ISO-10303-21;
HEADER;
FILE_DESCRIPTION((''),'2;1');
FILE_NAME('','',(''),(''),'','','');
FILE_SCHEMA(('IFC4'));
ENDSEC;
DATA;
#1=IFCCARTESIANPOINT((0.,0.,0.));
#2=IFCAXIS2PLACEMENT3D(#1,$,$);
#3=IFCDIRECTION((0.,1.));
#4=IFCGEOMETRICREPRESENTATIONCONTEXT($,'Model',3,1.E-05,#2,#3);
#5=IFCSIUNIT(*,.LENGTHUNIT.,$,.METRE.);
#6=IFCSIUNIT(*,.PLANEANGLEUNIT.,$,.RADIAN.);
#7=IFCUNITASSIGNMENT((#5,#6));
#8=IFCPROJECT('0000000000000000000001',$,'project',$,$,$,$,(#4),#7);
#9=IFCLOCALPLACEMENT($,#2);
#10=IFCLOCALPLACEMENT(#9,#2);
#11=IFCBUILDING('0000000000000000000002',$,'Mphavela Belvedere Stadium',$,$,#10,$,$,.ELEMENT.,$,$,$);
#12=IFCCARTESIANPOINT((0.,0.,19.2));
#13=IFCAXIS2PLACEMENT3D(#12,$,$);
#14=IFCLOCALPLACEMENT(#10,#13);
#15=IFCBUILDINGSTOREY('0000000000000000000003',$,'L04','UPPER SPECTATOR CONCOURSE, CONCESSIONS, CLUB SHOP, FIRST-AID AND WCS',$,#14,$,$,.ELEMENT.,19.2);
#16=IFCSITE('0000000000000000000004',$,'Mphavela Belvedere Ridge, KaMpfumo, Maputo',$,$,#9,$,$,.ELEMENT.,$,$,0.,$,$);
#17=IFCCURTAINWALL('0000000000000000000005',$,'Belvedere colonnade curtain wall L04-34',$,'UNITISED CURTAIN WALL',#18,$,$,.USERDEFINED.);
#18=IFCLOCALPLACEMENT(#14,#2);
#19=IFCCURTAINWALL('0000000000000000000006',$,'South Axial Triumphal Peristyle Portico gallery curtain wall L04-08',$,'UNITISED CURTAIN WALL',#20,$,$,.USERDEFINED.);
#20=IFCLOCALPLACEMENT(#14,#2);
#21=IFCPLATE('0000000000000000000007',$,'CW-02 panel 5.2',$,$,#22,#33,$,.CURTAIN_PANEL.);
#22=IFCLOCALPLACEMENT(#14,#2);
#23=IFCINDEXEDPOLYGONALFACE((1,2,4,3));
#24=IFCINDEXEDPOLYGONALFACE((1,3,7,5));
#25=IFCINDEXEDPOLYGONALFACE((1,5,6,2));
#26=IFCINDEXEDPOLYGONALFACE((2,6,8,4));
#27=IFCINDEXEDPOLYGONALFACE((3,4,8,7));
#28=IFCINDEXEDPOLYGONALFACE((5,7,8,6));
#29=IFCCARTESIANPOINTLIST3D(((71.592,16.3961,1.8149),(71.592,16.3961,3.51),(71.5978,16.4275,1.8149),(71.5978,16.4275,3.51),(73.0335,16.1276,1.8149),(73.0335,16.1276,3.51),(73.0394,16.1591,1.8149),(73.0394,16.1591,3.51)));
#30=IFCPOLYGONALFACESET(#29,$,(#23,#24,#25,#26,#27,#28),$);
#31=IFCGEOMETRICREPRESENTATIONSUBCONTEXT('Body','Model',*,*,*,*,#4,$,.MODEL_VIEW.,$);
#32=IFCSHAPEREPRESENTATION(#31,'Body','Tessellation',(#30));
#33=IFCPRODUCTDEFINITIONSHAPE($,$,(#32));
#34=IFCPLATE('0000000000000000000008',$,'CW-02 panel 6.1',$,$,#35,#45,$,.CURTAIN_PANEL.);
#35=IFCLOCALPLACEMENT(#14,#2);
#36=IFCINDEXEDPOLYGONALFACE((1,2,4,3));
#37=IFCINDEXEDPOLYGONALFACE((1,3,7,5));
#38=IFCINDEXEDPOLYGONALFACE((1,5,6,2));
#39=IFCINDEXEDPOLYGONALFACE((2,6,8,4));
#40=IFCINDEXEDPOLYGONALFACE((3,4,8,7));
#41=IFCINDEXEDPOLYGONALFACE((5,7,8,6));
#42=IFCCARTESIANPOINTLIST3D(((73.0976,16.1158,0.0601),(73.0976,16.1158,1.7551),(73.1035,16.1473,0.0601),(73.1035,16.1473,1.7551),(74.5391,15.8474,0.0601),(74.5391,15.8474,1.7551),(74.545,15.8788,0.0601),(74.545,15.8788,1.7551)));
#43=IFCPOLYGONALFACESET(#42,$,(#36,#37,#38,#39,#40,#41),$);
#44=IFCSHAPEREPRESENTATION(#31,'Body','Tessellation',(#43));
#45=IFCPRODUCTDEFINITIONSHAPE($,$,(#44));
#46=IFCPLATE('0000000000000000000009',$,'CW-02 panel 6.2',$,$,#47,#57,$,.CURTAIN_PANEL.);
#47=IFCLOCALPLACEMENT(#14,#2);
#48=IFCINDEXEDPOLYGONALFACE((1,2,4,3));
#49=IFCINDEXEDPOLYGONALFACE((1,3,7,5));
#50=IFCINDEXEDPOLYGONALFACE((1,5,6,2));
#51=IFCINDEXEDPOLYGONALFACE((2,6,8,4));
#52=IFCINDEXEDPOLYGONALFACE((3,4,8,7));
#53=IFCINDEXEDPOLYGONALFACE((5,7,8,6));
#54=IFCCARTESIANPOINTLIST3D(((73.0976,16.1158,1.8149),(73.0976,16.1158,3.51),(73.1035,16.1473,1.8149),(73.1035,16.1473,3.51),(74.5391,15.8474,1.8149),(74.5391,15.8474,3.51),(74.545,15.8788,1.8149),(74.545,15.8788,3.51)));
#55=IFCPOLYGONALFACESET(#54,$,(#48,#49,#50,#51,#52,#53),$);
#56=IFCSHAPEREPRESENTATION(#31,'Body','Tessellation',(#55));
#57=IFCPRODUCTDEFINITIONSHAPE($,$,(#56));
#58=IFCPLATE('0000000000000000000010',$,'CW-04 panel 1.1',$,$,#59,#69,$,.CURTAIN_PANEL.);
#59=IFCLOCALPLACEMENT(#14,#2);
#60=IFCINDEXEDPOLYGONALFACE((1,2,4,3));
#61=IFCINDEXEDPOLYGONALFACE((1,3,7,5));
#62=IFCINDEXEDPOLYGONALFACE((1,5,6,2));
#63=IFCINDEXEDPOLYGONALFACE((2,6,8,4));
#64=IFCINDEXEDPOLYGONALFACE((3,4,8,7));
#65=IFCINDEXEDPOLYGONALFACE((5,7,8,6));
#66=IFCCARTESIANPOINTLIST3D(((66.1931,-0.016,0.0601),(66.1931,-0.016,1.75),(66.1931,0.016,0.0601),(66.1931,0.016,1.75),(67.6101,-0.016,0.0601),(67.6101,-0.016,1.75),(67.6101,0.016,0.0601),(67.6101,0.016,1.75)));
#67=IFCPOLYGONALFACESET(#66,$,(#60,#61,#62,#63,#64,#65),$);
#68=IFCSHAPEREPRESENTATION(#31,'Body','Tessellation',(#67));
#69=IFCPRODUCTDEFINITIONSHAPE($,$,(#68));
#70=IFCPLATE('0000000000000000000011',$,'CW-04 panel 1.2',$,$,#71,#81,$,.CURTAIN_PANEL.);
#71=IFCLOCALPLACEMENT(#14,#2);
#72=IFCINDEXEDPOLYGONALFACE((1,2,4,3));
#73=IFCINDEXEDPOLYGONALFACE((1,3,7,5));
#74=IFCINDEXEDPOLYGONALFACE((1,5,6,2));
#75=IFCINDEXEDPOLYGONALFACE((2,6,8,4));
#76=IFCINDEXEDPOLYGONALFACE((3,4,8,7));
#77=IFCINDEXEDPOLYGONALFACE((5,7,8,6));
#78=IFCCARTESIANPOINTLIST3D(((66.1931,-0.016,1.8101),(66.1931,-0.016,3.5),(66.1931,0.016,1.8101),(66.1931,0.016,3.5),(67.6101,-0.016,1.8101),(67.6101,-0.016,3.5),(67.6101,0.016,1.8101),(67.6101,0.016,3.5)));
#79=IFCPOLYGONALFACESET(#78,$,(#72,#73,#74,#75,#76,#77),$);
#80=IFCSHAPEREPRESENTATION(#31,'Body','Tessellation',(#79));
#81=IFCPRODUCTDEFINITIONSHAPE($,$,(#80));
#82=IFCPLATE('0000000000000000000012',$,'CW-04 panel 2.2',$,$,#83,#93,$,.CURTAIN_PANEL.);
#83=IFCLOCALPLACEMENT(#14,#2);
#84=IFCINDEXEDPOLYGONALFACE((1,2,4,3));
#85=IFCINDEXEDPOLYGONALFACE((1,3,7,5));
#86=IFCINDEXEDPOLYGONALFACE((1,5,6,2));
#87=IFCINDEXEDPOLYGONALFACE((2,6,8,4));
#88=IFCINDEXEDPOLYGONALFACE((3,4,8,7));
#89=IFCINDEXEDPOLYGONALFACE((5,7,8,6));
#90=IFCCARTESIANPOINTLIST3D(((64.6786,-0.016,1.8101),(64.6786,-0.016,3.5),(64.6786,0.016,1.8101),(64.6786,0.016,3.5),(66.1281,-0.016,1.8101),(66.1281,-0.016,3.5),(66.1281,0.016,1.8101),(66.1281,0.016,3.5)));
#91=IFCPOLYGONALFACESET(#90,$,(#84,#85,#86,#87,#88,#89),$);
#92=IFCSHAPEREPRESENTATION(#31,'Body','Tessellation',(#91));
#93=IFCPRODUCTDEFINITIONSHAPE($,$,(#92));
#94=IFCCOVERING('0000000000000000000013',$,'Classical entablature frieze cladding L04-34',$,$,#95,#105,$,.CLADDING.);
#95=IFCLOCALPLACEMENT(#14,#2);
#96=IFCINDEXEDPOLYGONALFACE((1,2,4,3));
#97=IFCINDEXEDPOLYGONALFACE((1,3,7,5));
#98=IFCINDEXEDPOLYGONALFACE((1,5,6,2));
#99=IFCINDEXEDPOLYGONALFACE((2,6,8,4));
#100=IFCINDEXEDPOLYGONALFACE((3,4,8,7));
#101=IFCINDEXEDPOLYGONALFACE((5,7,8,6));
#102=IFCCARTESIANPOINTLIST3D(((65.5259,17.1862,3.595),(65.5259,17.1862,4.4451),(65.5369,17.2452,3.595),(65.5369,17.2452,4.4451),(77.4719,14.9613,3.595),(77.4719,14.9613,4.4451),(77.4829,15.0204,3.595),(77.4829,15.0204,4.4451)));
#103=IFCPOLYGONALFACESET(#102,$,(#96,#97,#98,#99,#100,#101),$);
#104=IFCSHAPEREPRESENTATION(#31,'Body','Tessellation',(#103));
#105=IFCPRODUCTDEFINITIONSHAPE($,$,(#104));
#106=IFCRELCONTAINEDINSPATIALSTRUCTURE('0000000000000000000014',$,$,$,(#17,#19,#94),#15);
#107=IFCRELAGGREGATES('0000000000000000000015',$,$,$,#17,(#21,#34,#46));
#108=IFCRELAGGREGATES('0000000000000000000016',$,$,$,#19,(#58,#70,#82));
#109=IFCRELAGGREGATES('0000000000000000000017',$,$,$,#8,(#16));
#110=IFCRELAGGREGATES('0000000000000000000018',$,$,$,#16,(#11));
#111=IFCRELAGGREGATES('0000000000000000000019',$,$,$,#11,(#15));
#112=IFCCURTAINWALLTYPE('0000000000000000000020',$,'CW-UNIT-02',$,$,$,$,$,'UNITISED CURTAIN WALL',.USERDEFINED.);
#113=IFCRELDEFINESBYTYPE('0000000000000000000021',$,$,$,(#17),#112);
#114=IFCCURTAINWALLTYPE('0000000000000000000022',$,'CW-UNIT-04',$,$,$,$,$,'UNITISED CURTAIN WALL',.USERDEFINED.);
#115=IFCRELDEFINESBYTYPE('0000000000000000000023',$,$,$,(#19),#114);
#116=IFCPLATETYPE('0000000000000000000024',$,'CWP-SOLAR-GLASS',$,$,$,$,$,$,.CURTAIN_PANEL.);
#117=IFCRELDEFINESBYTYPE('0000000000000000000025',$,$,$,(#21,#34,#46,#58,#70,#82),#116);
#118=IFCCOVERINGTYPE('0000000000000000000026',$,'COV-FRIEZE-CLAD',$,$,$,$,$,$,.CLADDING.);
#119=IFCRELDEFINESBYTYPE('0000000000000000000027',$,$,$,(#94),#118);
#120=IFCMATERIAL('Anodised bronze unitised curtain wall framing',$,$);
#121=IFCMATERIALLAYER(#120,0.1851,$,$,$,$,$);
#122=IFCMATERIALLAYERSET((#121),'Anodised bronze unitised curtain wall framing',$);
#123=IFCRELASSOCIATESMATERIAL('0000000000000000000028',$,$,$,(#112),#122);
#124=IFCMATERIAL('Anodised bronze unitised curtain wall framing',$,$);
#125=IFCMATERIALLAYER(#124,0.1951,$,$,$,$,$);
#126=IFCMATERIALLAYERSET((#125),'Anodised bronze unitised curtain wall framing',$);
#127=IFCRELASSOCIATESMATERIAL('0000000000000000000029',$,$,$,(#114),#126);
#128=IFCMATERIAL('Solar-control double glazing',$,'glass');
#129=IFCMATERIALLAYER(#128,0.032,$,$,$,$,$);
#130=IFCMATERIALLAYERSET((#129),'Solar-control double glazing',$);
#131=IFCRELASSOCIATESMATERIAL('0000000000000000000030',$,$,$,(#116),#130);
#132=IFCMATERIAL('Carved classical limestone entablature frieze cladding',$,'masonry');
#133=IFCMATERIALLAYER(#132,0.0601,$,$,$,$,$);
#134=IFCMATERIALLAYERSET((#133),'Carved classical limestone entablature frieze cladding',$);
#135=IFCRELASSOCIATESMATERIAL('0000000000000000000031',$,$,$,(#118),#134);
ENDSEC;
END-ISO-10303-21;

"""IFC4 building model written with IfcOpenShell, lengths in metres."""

from ifc_helpers import new_model, si_unit, direction, frame, origin, origin_2d, place, context, subcontext, project, spatial, rectangle, extrude, material, layer, layer_set, type_object, element, aggregate, save


model = new_model("IFC4")

# Units and contexts
model_context = context("Model", 3, precision=1e-05, world=origin(), true_north=direction((0.0, 1.0)))
body_context = subcontext(model_context, "Body", "Model", "MODEL_VIEW")
ifc_project = project(units=[si_unit("LENGTHUNIT", "METRE"), si_unit("PLANEANGLEUNIT", "RADIAN")], contexts=[model_context])

# Site, building, storey
site_placement = place(None, origin())
site = spatial("IfcSite", under=ifc_project, at=site_placement, Name="Mphavela Belvedere Ridge, KaMpfumo, Maputo", CompositionType="ELEMENT", RefElevation=0.0)
building_placement = place(site_placement, origin())
building = spatial("IfcBuilding", under=site, at=building_placement, Name="Mphavela Belvedere Stadium", CompositionType="ELEMENT")
storey_placement = place(building_placement, frame((0.0, 0.0, 19.2)))
storey = spatial("IfcBuildingStorey", under=building, at=storey_placement, Name="L04", Description="UPPER SPECTATOR CONCOURSE, CONCESSIONS, CLUB SHOP, FIRST-AID AND WCS", CompositionType="ELEMENT", Elevation=19.2)

# Curtain walls
ifc_material_1 = material(Name="Anodised bronze unitised curtain wall framing")
ifc_layer_1 = layer(ifc_material_1, 0.1851)
ifc_layer_set_1 = layer_set([ifc_layer_1], Name="Anodised bronze unitised curtain wall framing")
curtain_wall_type_1 = type_object("IfcCurtainWallType", Name="CW-UNIT-02", ElementType="UNITISED CURTAIN WALL", PredefinedType="USERDEFINED", material=ifc_layer_set_1)
curtain_wall_1_placement = place(storey_placement, origin())
curtain_wall_1 = element("IfcCurtainWall", 1, at=curtain_wall_1_placement, inside=storey, type_object=curtain_wall_type_1, Name="Belvedere colonnade curtain wall L04-34", ObjectType="UNITISED CURTAIN WALL", PredefinedType="USERDEFINED")
ifc_material_2 = material(Name="Anodised bronze unitised curtain wall framing")
ifc_layer_2 = layer(ifc_material_2, 0.1951)
ifc_layer_set_2 = layer_set([ifc_layer_2], Name="Anodised bronze unitised curtain wall framing")
curtain_wall_type_2 = type_object("IfcCurtainWallType", Name="CW-UNIT-04", ElementType="UNITISED CURTAIN WALL", PredefinedType="USERDEFINED", material=ifc_layer_set_2)
curtain_wall_2_placement = place(storey_placement, origin())
curtain_wall_2 = element("IfcCurtainWall", 2, at=curtain_wall_2_placement, inside=storey, type_object=curtain_wall_type_2, Name="South Axial Triumphal Peristyle Portico gallery curtain wall L04-08", ObjectType="UNITISED CURTAIN WALL", PredefinedType="USERDEFINED")

# Plates
ifc_material_3 = material(Name="Solar-control double glazing", Category="glass")
ifc_layer_3 = layer(ifc_material_3, 0.032)
ifc_layer_set_3 = layer_set([ifc_layer_3], Name="Solar-control double glazing")
plate_type = type_object("IfcPlateType", Name="CWP-SOLAR-GLASS", PredefinedType="CURTAIN_PANEL", material=ifc_layer_set_3)
plate_1_placement = place(storey_placement, frame((72.3157, 16.2776, 1.8149), z_axis=(0.0, 0.0, 1.0), x_axis=(0.983096, -0.183091, 0.0)))
plate_1 = element("IfcPlate", 3, at=plate_1_placement, type_object=plate_type, Name="CW-02 panel 5.2", PredefinedType="CURTAIN_PANEL", context=body_context, shape_type="SweptSolid", body=[
    extrude(rectangle(XDim=1.4663, YDim=0.032, at=origin_2d()), origin(), (0.0, 0.0, 1.0), 1.6951),
])
plate_2_placement = place(storey_placement, frame((73.8213, 15.9973, 0.0601), z_axis=(0.0, 0.0, 1.0), x_axis=(0.983096, -0.183091, 0.0)))
plate_2 = element("IfcPlate", 4, at=plate_2_placement, type_object=plate_type, Name="CW-02 panel 6.1", PredefinedType="CURTAIN_PANEL", context=body_context, shape_type="SweptSolid", body=[
    extrude(rectangle(XDim=1.4663, YDim=0.032, at=origin_2d()), origin(), (0.0, 0.0, 1.0), 1.6951),
])
plate_3_placement = place(storey_placement, frame((73.8213, 15.9973, 1.8149), z_axis=(0.0, 0.0, 1.0), x_axis=(0.983096, -0.183091, 0.0)))
plate_3 = element("IfcPlate", 5, at=plate_3_placement, type_object=plate_type, Name="CW-02 panel 6.2", PredefinedType="CURTAIN_PANEL", context=body_context, shape_type="SweptSolid", body=[
    extrude(rectangle(XDim=1.4663, YDim=0.032, at=origin_2d()), origin(), (0.0, 0.0, 1.0), 1.6951),
])
aggregate(curtain_wall_1, [plate_1, plate_2, plate_3])
plate_4_placement = place(storey_placement, frame((66.9016, 0.0, 0.0601), z_axis=(0.0, 0.0, 1.0), x_axis=(-1.0, 0.0, 0.0)))
plate_4 = element("IfcPlate", 6, at=plate_4_placement, type_object=plate_type, Name="CW-04 panel 1.1", PredefinedType="CURTAIN_PANEL", context=body_context, shape_type="SweptSolid", body=[
    extrude(rectangle(XDim=1.417, YDim=0.032, at=origin_2d()), origin(), (0.0, 0.0, 1.0), 1.6899),
])
plate_5_placement = place(storey_placement, frame((66.9016, 0.0, 1.8101), z_axis=(0.0, 0.0, 1.0), x_axis=(-1.0, 0.0, 0.0)))
plate_5 = element("IfcPlate", 7, at=plate_5_placement, type_object=plate_type, Name="CW-04 panel 1.2", PredefinedType="CURTAIN_PANEL", context=body_context, shape_type="SweptSolid", body=[
    extrude(rectangle(XDim=1.417, YDim=0.032, at=origin_2d()), origin(), (0.0, 0.0, 1.0), 1.6899),
])
plate_6_placement = place(storey_placement, frame((65.4033, 0.0, 1.8101), z_axis=(0.0, 0.0, 1.0), x_axis=(-1.0, 0.0, 0.0)))
plate_6 = element("IfcPlate", 8, at=plate_6_placement, type_object=plate_type, Name="CW-04 panel 2.2", PredefinedType="CURTAIN_PANEL", context=body_context, shape_type="SweptSolid", body=[
    extrude(rectangle(XDim=1.4495, YDim=0.032, at=origin_2d()), origin(), (0.0, 0.0, 1.0), 1.6899),
])
aggregate(curtain_wall_2, [plate_4, plate_5, plate_6])

# Covering
ifc_material_4 = material(Name="Carved classical limestone entablature frieze cladding", Category="masonry")
ifc_layer_4 = layer(ifc_material_4, 0.0601)
ifc_layer_set_4 = layer_set([ifc_layer_4], Name="Carved classical limestone entablature frieze cladding")
covering_type = type_object("IfcCoveringType", Name="COV-FRIEZE-CLAD", PredefinedType="CLADDING", material=ifc_layer_set_4)
covering_placement = place(storey_placement, frame((71.5044, 16.1033, 3.595), z_axis=(0.0, 0.0, 1.0), x_axis=(0.983096, -0.183094, 0.0)))
element("IfcCovering", 9, at=covering_placement, inside=storey, type_object=covering_type, Name="Classical entablature frieze cladding L04-34", PredefinedType="CLADDING", context=body_context, shape_type="SweptSolid", body=[
    extrude(rectangle(XDim=12.1514, YDim=0.0601, at=origin_2d()), origin(), (0.0, 0.0, 1.0), 0.8501),
])

save(model, "model.ifc")
